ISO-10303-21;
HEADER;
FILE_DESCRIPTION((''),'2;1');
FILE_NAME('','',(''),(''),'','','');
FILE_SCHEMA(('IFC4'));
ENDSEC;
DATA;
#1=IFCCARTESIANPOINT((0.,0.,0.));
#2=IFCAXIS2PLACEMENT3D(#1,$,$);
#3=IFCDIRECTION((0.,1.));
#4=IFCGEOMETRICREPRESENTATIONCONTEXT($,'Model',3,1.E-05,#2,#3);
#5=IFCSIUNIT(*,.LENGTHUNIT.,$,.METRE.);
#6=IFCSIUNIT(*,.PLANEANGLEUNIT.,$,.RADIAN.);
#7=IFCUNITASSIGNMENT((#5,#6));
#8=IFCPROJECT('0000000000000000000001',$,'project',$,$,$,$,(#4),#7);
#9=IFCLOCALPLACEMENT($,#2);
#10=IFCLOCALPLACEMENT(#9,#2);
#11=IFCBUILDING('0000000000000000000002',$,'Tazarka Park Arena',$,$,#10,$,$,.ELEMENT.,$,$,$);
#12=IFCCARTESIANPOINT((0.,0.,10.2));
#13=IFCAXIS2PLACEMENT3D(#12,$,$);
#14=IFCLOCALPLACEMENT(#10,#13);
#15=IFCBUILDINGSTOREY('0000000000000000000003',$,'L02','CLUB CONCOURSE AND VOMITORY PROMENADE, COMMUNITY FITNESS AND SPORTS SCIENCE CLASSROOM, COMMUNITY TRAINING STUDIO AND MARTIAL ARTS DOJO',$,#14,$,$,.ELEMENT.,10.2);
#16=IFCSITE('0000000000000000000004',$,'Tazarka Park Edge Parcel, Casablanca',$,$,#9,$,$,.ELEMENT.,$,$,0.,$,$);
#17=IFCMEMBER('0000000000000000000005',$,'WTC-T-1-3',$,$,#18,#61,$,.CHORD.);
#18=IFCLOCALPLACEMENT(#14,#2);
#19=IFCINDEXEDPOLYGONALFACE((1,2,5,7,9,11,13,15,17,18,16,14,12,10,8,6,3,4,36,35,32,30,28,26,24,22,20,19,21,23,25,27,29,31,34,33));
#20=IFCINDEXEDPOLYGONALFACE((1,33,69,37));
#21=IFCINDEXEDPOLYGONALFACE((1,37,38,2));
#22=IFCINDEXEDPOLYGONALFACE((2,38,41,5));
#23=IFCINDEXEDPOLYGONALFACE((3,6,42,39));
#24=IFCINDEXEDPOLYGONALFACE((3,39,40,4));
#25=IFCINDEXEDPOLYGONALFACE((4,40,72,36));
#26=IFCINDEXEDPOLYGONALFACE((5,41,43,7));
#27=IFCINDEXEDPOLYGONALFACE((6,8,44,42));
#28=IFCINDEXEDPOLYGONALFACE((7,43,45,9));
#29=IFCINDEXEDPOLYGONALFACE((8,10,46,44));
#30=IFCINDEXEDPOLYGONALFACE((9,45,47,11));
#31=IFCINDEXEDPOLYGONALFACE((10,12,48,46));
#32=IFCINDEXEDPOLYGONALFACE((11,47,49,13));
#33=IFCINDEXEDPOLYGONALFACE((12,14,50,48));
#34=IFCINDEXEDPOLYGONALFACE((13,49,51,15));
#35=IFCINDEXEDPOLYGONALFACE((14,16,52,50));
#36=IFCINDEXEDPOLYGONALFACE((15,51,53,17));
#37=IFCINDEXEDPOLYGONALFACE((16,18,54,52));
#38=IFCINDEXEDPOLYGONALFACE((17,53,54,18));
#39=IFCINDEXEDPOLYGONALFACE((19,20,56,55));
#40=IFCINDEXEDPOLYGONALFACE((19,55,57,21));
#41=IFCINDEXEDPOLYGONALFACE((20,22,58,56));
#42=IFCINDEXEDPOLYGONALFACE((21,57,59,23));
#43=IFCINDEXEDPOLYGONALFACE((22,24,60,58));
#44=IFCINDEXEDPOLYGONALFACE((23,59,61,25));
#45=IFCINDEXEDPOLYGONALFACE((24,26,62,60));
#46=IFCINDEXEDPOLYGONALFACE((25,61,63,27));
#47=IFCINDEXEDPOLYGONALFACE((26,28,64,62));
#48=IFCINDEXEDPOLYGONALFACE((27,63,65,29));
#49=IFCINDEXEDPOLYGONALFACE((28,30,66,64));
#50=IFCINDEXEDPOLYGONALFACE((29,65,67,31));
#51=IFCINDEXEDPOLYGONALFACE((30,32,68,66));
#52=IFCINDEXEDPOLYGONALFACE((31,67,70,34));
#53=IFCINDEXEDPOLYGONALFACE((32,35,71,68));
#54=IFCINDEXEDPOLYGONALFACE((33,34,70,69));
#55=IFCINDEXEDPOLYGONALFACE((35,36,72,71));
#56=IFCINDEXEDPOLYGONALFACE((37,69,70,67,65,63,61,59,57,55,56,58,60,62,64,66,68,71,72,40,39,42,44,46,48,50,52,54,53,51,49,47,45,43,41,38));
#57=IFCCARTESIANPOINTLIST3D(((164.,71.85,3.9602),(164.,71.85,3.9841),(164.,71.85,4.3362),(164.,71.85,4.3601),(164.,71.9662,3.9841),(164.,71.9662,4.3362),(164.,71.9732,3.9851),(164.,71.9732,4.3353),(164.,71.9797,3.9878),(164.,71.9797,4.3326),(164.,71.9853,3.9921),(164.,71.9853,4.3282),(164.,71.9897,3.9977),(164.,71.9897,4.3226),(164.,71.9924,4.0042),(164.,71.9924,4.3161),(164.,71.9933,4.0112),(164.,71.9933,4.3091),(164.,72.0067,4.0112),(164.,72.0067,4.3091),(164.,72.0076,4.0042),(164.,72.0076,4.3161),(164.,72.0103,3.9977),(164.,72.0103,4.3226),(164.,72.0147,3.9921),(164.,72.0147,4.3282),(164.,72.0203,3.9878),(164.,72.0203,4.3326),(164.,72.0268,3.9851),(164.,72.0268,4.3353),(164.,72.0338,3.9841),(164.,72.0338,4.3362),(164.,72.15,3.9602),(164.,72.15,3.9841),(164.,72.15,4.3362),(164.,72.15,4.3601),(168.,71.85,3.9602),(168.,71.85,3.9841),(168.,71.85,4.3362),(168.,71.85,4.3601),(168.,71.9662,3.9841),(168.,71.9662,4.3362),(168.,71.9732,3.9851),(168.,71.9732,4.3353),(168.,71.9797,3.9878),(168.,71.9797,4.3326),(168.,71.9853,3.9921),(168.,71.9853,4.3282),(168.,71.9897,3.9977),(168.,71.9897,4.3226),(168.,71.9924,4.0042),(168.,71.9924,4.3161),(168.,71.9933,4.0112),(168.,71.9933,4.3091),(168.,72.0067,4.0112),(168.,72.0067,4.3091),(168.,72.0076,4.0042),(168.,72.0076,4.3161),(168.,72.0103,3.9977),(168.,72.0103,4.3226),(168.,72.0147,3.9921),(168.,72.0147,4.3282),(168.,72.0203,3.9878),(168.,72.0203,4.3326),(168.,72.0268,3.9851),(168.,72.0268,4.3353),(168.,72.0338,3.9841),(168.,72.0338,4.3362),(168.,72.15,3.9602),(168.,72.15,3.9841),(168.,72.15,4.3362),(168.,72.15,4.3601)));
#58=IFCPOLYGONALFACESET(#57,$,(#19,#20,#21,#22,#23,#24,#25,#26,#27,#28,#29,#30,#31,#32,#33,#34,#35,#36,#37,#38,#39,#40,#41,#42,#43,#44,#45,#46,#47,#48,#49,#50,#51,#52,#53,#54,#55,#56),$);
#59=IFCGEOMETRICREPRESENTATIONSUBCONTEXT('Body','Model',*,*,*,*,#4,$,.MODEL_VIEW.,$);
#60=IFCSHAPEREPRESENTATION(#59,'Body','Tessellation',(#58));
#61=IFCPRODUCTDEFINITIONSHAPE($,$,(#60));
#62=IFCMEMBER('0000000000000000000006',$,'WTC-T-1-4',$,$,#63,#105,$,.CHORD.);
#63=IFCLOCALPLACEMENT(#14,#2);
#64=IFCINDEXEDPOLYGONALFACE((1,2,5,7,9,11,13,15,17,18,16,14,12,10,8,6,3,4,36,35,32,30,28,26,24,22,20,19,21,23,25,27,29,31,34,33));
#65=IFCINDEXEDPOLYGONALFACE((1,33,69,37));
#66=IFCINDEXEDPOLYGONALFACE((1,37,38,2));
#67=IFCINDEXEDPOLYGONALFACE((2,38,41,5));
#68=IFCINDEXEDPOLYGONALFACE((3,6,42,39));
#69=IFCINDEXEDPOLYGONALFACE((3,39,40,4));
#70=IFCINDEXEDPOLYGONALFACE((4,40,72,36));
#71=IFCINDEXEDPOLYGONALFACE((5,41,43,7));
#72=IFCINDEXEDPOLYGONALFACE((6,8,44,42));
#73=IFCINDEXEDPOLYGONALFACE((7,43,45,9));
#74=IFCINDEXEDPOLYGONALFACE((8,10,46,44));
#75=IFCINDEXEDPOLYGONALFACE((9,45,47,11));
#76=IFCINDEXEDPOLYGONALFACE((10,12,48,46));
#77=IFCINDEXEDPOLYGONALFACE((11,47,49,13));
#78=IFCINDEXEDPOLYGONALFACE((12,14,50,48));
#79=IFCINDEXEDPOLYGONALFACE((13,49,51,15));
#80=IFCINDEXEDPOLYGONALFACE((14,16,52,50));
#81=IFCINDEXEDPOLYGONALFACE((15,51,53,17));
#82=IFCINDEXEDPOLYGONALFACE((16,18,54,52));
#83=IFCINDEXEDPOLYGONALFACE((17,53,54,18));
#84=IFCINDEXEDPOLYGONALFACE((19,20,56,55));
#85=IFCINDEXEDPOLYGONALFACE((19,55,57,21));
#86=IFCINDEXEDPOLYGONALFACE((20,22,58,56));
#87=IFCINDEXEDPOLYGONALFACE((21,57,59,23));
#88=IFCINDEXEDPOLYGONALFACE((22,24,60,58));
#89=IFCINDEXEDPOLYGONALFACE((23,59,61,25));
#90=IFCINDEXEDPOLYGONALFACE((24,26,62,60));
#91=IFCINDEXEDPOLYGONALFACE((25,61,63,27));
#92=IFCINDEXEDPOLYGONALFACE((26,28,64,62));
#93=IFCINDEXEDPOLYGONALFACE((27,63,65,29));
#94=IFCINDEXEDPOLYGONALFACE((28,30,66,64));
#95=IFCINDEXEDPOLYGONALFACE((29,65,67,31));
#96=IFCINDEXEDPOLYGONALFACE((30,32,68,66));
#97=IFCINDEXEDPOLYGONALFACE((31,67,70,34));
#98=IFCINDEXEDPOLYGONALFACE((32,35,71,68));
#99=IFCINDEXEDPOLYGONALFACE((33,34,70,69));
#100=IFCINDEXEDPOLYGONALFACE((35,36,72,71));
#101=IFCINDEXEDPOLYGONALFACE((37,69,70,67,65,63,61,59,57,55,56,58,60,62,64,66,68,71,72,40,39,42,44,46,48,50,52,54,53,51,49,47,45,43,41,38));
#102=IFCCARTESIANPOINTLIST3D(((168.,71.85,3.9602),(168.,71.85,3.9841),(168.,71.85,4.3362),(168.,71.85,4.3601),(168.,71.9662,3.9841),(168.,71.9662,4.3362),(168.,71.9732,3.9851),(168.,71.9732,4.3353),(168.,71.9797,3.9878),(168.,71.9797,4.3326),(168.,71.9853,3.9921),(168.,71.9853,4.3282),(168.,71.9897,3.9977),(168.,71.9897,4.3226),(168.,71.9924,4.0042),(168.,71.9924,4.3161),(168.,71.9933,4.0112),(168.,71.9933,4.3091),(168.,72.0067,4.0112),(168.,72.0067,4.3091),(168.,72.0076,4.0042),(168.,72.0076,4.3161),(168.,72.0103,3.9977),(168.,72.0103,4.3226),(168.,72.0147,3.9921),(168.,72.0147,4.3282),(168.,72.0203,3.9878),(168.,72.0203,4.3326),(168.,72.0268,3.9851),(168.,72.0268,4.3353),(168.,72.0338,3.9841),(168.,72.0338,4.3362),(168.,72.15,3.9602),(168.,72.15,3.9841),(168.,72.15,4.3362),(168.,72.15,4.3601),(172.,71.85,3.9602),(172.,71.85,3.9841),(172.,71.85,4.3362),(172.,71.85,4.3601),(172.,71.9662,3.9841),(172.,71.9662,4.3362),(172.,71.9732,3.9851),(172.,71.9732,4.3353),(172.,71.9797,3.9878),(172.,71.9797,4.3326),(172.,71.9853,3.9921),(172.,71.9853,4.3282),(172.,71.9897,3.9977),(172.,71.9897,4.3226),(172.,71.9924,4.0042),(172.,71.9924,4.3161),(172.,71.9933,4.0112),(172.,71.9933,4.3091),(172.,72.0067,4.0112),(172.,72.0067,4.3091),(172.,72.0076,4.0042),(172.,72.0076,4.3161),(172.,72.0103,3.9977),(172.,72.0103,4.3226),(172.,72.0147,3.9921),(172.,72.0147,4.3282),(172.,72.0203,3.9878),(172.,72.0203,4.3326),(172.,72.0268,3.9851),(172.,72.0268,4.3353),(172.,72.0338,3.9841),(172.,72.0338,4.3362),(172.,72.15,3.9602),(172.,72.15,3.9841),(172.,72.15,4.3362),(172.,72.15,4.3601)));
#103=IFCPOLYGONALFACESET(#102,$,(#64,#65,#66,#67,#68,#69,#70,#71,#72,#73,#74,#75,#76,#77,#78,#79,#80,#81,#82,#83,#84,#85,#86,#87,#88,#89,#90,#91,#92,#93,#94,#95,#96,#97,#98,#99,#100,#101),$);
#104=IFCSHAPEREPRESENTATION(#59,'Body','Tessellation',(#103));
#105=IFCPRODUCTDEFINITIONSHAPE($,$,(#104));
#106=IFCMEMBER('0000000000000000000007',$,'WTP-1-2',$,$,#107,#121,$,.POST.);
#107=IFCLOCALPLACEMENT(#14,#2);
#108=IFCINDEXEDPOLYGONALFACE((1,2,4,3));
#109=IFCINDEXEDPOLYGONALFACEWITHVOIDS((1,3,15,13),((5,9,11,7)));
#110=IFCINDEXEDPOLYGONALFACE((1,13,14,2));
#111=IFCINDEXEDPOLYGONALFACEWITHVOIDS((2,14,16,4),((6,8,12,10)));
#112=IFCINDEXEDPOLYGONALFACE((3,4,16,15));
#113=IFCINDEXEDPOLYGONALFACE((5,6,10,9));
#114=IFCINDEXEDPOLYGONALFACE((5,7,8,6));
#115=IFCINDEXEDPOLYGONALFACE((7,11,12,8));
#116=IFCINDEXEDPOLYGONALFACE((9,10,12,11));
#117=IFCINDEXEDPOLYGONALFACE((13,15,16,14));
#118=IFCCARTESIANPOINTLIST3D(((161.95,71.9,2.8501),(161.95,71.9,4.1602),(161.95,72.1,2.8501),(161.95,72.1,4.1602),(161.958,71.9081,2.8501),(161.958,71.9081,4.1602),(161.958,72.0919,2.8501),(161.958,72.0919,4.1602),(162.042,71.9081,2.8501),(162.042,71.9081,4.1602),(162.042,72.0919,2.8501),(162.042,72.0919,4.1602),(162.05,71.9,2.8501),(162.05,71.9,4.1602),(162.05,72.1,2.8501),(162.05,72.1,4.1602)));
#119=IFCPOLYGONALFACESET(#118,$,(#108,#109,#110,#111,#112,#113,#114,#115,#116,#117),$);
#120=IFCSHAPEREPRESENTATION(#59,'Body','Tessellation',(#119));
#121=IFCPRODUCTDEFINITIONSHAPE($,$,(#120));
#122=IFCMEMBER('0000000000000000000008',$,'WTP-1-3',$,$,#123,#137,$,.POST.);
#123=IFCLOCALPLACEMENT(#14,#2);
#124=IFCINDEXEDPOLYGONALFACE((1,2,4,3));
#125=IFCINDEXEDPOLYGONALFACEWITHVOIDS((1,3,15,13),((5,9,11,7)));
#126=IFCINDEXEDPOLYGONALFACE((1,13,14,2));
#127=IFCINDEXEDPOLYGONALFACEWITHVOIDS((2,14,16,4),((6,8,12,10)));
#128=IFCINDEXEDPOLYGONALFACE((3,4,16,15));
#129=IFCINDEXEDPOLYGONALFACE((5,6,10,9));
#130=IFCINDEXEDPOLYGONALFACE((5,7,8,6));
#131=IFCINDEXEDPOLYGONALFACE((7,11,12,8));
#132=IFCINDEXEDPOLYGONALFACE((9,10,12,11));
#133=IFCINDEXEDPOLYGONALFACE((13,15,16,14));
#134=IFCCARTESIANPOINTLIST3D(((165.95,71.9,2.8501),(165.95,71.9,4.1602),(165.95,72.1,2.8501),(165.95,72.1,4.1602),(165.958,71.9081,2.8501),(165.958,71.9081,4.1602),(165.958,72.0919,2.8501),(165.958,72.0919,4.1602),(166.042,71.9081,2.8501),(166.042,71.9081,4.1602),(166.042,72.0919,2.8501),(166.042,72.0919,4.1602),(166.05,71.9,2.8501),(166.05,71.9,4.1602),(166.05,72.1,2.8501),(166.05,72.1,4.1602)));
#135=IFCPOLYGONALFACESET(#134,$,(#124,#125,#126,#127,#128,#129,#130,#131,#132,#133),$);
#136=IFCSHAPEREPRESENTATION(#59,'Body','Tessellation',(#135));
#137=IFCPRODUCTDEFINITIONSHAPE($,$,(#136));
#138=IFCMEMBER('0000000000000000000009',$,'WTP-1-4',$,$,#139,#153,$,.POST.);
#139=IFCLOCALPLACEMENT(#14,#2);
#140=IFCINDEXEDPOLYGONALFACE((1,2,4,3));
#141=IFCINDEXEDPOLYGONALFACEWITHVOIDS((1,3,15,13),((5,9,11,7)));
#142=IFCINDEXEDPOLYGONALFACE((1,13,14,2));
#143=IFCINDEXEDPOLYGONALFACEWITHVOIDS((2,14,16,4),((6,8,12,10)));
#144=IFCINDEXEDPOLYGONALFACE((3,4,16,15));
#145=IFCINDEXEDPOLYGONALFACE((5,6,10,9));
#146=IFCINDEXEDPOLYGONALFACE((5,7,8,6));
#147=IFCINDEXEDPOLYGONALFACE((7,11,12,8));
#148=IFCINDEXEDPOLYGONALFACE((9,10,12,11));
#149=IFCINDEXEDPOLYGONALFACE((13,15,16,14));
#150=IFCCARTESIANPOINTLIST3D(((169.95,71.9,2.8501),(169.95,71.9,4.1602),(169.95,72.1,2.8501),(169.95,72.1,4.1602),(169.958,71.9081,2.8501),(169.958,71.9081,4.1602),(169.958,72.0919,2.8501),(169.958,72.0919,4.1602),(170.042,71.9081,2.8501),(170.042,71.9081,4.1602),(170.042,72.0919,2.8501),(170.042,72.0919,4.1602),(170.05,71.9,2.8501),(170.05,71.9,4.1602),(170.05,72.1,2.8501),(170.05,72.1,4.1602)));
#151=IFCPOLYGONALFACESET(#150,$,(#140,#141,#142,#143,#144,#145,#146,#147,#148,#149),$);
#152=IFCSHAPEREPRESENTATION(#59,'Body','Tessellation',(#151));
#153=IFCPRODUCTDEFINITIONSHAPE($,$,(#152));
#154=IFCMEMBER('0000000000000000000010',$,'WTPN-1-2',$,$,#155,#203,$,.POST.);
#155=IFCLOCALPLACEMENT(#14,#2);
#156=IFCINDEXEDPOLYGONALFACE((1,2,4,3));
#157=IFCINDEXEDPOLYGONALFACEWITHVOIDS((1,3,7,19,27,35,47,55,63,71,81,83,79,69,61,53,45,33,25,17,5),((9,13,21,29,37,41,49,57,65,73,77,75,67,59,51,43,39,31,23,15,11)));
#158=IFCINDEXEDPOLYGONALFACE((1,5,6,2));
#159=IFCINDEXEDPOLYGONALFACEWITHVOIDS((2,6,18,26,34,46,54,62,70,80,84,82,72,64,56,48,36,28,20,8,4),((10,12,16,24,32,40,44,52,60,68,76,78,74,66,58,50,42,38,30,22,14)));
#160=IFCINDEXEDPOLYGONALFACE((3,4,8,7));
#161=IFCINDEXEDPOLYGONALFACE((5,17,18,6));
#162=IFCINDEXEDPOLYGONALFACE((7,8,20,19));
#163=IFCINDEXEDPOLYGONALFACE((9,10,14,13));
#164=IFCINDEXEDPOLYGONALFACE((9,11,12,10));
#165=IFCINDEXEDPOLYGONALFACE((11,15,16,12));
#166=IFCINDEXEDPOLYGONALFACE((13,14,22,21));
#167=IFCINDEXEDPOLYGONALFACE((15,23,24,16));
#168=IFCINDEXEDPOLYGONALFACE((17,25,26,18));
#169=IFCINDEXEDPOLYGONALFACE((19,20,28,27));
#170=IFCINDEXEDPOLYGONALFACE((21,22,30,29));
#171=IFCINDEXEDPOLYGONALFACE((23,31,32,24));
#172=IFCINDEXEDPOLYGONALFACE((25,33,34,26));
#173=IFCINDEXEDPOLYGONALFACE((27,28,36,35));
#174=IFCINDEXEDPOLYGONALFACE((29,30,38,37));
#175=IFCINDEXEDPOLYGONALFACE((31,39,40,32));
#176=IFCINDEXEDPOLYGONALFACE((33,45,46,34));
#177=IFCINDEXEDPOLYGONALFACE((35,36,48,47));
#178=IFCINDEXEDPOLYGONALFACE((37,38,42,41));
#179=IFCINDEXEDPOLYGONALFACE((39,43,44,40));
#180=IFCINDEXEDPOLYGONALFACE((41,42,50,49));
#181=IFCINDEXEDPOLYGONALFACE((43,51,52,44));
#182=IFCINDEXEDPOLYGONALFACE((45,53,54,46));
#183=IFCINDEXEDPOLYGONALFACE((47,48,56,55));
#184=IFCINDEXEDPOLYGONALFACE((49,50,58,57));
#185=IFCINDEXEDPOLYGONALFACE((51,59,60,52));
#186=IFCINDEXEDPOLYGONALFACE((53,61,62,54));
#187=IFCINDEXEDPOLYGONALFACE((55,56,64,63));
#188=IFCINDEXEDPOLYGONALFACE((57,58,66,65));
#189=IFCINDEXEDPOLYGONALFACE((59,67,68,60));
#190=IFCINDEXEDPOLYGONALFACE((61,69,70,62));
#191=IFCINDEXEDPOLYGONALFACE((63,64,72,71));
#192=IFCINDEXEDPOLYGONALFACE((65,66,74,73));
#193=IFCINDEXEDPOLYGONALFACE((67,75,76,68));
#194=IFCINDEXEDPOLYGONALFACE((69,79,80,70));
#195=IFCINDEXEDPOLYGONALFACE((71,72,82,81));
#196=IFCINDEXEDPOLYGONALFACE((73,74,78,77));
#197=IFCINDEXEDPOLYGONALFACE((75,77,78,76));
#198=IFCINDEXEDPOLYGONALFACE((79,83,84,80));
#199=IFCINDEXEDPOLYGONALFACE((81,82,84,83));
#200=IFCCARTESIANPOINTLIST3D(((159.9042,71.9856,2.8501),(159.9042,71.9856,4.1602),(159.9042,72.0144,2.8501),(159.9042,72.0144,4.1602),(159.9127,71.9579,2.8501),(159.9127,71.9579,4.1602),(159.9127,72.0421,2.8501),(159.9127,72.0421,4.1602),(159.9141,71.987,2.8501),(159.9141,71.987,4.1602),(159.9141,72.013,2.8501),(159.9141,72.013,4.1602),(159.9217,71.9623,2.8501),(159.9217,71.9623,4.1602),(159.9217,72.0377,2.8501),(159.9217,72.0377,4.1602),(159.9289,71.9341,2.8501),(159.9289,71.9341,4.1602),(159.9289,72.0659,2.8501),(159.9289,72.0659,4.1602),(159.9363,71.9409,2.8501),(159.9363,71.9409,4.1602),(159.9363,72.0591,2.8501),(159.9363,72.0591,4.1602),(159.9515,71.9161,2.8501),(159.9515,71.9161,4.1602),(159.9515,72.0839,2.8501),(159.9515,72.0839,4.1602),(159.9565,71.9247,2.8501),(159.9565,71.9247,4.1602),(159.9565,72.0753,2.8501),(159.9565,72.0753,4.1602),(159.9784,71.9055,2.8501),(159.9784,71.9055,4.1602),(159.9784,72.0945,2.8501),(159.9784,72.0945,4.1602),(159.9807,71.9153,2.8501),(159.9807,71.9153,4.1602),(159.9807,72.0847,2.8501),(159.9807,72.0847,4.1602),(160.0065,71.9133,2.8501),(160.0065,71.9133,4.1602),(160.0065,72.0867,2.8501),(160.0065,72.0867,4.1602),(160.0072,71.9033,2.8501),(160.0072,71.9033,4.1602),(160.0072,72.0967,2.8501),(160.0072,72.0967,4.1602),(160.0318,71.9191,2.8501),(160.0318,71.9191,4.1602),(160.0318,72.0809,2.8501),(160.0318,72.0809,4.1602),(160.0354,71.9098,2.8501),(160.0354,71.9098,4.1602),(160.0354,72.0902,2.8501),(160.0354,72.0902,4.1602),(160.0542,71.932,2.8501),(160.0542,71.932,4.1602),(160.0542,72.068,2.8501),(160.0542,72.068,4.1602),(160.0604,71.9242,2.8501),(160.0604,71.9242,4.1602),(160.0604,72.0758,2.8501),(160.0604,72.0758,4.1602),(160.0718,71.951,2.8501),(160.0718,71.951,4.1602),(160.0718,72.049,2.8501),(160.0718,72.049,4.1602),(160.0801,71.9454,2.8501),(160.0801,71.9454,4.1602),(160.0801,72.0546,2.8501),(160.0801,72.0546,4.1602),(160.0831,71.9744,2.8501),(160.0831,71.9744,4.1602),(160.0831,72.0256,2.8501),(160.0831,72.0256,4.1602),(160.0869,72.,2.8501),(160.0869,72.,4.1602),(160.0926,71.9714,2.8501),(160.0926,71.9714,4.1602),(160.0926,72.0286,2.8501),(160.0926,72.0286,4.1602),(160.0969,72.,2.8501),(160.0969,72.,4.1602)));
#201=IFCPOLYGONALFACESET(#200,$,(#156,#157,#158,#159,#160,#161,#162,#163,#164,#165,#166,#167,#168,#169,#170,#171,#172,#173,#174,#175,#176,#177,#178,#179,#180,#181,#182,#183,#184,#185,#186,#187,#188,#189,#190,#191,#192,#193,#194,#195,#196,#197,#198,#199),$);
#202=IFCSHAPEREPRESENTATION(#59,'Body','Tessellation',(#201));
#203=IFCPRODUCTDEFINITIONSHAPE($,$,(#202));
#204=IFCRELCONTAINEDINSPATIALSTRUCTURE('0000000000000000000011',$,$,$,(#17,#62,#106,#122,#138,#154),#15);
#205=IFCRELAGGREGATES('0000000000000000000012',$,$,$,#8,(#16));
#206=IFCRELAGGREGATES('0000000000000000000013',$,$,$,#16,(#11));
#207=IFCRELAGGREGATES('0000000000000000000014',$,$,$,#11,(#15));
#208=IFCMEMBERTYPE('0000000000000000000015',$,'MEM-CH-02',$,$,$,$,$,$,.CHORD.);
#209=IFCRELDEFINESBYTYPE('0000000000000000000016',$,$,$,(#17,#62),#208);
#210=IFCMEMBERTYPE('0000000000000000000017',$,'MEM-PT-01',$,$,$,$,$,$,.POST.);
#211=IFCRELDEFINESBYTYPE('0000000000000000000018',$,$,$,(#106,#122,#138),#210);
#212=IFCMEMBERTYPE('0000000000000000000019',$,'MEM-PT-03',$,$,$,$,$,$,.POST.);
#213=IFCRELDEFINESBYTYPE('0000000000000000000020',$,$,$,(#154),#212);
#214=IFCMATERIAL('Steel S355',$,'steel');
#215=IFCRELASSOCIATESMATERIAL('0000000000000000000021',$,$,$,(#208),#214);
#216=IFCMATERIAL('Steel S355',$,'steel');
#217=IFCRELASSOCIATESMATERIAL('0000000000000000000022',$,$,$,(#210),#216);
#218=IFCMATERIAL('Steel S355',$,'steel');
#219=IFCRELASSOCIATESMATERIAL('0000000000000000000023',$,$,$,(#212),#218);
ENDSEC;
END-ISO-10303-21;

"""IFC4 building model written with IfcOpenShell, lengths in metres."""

from ifc_helpers import new_model, si_unit, direction, frame, origin, origin_2d, place, context, subcontext, project, spatial, hollow_rectangle, hollow_circle, i_section, extrude, material, material_profile, profile_set, type_object, element, save


model = new_model("IFC4")

# Units and contexts
model_context = context("Model", 3, precision=1e-05, world=origin(), true_north=direction((0.0, 1.0)))
body_context = subcontext(model_context, "Body", "Model", "MODEL_VIEW")
ifc_project = project(units=[si_unit("LENGTHUNIT", "METRE"), si_unit("PLANEANGLEUNIT", "RADIAN")], contexts=[model_context])

# Site, building, storey
site_placement = place(None, origin())
site = spatial("IfcSite", under=ifc_project, at=site_placement, Name="Tazarka Park Edge Parcel, Casablanca", CompositionType="ELEMENT", RefElevation=0.0)
building_placement = place(site_placement, origin())
building = spatial("IfcBuilding", under=site, at=building_placement, Name="Tazarka Park Arena", CompositionType="ELEMENT")
storey_placement = place(building_placement, frame((0.0, 0.0, 10.2)))
storey = spatial("IfcBuildingStorey", under=building, at=storey_placement, Name="L02", Description="CLUB CONCOURSE AND VOMITORY PROMENADE, COMMUNITY FITNESS AND SPORTS SCIENCE CLASSROOM, COMMUNITY TRAINING STUDIO AND MARTIAL ARTS DOJO", CompositionType="ELEMENT", Elevation=10.2)

# Members
ifc_material_1 = material(Name="Steel S355", Category="steel")
ifc_material_profile_1 = material_profile(ifc_material_1, i_section(OverallWidth=0.3, OverallDepth=0.3999, WebThickness=0.0134, FlangeThickness=0.0239, FilletRadius=0.0271, at=origin_2d()), Name="Steel S355")
ifc_profile_set_1 = profile_set([ifc_material_profile_1], Name="Steel S355")
member_type_1 = type_object("IfcMemberType", Name="MEM-CH-02", PredefinedType="CHORD", material=ifc_profile_set_1)
for number, where, z_axis, x_axis, name in (
    (1, (164.0, 72.0, 4.1602), (1.0, 0.0, 0.0), (0.0, 1.0, 0.0), "WTC-T-1-3"),
    (2, (168.0, 72.0, 4.1602), (1.0, 0.0, 0.0), (0.0, 1.0, 0.0), "WTC-T-1-4"),
):
    element("IfcMember", number, at=place(storey_placement, frame(where, z_axis=z_axis, x_axis=x_axis)), inside=storey, type_object=member_type_1, Name=name, PredefinedType="CHORD", context=body_context, shape_type="SweptSolid", body=[
        extrude(i_section(OverallWidth=0.3, OverallDepth=0.3999, WebThickness=0.0134, FlangeThickness=0.0239, FilletRadius=0.0271, at=origin_2d()), origin(), (0.0, 0.0, 1.0), 4.0),
    ])
ifc_material_2 = material(Name="Steel S355", Category="steel")
ifc_material_profile_2 = material_profile(ifc_material_2, hollow_rectangle(XDim=0.1001, YDim=0.2, WallThickness=0.0081, at=origin_2d()), Name="Steel S355")
ifc_profile_set_2 = profile_set([ifc_material_profile_2], Name="Steel S355")
member_type_2 = type_object("IfcMemberType", Name="MEM-PT-01", PredefinedType="POST", material=ifc_profile_set_2)
for number, where, z_axis, x_axis, name in (
    (3, (162.0, 72.0, 2.8501), (0.0, 0.0, 1.0), (1.0, 0.0, 0.0), "WTP-1-2"),
    (4, (166.0, 72.0, 2.8501), (0.0, 0.0, 1.0), (1.0, 0.0, 0.0), "WTP-1-3"),
    (5, (170.0, 72.0, 2.8501), (0.0, 0.0, 1.0), (1.0, 0.0, 0.0), "WTP-1-4"),
):
    element("IfcMember", number, at=place(storey_placement, frame(where, z_axis=z_axis, x_axis=x_axis)), inside=storey, type_object=member_type_2, Name=name, PredefinedType="POST", context=body_context, shape_type="SweptSolid", body=[
        extrude(hollow_rectangle(XDim=0.1001, YDim=0.2, WallThickness=0.0081, at=origin_2d()), origin(), (0.0, 0.0, 1.0), 1.3101),
    ])
ifc_material_3 = material(Name="Steel S355", Category="steel")
ifc_material_profile_3 = material_profile(ifc_material_3, hollow_circle(Radius=0.0969, WallThickness=0.01, at=origin_2d()), Name="Steel S355")
ifc_profile_set_3 = profile_set([ifc_material_profile_3], Name="Steel S355")
member_type_3 = type_object("IfcMemberType", Name="MEM-PT-03", PredefinedType="POST", material=ifc_profile_set_3)
for number, where, z_axis, x_axis, name in (
    (6, (160.0, 72.0, 2.8501), (0.0, 0.0, 1.0), (1.0, 0.0, 0.0), "WTPN-1-2"),
):
    element("IfcMember", number, at=place(storey_placement, frame(where, z_axis=z_axis, x_axis=x_axis)), inside=storey, type_object=member_type_3, Name=name, PredefinedType="POST", context=body_context, shape_type="SweptSolid", body=[
        extrude(hollow_circle(Radius=0.0969, WallThickness=0.01, at=origin_2d()), origin(), (0.0, 0.0, 1.0), 1.3101),
    ])

save(model, "model.ifc")
